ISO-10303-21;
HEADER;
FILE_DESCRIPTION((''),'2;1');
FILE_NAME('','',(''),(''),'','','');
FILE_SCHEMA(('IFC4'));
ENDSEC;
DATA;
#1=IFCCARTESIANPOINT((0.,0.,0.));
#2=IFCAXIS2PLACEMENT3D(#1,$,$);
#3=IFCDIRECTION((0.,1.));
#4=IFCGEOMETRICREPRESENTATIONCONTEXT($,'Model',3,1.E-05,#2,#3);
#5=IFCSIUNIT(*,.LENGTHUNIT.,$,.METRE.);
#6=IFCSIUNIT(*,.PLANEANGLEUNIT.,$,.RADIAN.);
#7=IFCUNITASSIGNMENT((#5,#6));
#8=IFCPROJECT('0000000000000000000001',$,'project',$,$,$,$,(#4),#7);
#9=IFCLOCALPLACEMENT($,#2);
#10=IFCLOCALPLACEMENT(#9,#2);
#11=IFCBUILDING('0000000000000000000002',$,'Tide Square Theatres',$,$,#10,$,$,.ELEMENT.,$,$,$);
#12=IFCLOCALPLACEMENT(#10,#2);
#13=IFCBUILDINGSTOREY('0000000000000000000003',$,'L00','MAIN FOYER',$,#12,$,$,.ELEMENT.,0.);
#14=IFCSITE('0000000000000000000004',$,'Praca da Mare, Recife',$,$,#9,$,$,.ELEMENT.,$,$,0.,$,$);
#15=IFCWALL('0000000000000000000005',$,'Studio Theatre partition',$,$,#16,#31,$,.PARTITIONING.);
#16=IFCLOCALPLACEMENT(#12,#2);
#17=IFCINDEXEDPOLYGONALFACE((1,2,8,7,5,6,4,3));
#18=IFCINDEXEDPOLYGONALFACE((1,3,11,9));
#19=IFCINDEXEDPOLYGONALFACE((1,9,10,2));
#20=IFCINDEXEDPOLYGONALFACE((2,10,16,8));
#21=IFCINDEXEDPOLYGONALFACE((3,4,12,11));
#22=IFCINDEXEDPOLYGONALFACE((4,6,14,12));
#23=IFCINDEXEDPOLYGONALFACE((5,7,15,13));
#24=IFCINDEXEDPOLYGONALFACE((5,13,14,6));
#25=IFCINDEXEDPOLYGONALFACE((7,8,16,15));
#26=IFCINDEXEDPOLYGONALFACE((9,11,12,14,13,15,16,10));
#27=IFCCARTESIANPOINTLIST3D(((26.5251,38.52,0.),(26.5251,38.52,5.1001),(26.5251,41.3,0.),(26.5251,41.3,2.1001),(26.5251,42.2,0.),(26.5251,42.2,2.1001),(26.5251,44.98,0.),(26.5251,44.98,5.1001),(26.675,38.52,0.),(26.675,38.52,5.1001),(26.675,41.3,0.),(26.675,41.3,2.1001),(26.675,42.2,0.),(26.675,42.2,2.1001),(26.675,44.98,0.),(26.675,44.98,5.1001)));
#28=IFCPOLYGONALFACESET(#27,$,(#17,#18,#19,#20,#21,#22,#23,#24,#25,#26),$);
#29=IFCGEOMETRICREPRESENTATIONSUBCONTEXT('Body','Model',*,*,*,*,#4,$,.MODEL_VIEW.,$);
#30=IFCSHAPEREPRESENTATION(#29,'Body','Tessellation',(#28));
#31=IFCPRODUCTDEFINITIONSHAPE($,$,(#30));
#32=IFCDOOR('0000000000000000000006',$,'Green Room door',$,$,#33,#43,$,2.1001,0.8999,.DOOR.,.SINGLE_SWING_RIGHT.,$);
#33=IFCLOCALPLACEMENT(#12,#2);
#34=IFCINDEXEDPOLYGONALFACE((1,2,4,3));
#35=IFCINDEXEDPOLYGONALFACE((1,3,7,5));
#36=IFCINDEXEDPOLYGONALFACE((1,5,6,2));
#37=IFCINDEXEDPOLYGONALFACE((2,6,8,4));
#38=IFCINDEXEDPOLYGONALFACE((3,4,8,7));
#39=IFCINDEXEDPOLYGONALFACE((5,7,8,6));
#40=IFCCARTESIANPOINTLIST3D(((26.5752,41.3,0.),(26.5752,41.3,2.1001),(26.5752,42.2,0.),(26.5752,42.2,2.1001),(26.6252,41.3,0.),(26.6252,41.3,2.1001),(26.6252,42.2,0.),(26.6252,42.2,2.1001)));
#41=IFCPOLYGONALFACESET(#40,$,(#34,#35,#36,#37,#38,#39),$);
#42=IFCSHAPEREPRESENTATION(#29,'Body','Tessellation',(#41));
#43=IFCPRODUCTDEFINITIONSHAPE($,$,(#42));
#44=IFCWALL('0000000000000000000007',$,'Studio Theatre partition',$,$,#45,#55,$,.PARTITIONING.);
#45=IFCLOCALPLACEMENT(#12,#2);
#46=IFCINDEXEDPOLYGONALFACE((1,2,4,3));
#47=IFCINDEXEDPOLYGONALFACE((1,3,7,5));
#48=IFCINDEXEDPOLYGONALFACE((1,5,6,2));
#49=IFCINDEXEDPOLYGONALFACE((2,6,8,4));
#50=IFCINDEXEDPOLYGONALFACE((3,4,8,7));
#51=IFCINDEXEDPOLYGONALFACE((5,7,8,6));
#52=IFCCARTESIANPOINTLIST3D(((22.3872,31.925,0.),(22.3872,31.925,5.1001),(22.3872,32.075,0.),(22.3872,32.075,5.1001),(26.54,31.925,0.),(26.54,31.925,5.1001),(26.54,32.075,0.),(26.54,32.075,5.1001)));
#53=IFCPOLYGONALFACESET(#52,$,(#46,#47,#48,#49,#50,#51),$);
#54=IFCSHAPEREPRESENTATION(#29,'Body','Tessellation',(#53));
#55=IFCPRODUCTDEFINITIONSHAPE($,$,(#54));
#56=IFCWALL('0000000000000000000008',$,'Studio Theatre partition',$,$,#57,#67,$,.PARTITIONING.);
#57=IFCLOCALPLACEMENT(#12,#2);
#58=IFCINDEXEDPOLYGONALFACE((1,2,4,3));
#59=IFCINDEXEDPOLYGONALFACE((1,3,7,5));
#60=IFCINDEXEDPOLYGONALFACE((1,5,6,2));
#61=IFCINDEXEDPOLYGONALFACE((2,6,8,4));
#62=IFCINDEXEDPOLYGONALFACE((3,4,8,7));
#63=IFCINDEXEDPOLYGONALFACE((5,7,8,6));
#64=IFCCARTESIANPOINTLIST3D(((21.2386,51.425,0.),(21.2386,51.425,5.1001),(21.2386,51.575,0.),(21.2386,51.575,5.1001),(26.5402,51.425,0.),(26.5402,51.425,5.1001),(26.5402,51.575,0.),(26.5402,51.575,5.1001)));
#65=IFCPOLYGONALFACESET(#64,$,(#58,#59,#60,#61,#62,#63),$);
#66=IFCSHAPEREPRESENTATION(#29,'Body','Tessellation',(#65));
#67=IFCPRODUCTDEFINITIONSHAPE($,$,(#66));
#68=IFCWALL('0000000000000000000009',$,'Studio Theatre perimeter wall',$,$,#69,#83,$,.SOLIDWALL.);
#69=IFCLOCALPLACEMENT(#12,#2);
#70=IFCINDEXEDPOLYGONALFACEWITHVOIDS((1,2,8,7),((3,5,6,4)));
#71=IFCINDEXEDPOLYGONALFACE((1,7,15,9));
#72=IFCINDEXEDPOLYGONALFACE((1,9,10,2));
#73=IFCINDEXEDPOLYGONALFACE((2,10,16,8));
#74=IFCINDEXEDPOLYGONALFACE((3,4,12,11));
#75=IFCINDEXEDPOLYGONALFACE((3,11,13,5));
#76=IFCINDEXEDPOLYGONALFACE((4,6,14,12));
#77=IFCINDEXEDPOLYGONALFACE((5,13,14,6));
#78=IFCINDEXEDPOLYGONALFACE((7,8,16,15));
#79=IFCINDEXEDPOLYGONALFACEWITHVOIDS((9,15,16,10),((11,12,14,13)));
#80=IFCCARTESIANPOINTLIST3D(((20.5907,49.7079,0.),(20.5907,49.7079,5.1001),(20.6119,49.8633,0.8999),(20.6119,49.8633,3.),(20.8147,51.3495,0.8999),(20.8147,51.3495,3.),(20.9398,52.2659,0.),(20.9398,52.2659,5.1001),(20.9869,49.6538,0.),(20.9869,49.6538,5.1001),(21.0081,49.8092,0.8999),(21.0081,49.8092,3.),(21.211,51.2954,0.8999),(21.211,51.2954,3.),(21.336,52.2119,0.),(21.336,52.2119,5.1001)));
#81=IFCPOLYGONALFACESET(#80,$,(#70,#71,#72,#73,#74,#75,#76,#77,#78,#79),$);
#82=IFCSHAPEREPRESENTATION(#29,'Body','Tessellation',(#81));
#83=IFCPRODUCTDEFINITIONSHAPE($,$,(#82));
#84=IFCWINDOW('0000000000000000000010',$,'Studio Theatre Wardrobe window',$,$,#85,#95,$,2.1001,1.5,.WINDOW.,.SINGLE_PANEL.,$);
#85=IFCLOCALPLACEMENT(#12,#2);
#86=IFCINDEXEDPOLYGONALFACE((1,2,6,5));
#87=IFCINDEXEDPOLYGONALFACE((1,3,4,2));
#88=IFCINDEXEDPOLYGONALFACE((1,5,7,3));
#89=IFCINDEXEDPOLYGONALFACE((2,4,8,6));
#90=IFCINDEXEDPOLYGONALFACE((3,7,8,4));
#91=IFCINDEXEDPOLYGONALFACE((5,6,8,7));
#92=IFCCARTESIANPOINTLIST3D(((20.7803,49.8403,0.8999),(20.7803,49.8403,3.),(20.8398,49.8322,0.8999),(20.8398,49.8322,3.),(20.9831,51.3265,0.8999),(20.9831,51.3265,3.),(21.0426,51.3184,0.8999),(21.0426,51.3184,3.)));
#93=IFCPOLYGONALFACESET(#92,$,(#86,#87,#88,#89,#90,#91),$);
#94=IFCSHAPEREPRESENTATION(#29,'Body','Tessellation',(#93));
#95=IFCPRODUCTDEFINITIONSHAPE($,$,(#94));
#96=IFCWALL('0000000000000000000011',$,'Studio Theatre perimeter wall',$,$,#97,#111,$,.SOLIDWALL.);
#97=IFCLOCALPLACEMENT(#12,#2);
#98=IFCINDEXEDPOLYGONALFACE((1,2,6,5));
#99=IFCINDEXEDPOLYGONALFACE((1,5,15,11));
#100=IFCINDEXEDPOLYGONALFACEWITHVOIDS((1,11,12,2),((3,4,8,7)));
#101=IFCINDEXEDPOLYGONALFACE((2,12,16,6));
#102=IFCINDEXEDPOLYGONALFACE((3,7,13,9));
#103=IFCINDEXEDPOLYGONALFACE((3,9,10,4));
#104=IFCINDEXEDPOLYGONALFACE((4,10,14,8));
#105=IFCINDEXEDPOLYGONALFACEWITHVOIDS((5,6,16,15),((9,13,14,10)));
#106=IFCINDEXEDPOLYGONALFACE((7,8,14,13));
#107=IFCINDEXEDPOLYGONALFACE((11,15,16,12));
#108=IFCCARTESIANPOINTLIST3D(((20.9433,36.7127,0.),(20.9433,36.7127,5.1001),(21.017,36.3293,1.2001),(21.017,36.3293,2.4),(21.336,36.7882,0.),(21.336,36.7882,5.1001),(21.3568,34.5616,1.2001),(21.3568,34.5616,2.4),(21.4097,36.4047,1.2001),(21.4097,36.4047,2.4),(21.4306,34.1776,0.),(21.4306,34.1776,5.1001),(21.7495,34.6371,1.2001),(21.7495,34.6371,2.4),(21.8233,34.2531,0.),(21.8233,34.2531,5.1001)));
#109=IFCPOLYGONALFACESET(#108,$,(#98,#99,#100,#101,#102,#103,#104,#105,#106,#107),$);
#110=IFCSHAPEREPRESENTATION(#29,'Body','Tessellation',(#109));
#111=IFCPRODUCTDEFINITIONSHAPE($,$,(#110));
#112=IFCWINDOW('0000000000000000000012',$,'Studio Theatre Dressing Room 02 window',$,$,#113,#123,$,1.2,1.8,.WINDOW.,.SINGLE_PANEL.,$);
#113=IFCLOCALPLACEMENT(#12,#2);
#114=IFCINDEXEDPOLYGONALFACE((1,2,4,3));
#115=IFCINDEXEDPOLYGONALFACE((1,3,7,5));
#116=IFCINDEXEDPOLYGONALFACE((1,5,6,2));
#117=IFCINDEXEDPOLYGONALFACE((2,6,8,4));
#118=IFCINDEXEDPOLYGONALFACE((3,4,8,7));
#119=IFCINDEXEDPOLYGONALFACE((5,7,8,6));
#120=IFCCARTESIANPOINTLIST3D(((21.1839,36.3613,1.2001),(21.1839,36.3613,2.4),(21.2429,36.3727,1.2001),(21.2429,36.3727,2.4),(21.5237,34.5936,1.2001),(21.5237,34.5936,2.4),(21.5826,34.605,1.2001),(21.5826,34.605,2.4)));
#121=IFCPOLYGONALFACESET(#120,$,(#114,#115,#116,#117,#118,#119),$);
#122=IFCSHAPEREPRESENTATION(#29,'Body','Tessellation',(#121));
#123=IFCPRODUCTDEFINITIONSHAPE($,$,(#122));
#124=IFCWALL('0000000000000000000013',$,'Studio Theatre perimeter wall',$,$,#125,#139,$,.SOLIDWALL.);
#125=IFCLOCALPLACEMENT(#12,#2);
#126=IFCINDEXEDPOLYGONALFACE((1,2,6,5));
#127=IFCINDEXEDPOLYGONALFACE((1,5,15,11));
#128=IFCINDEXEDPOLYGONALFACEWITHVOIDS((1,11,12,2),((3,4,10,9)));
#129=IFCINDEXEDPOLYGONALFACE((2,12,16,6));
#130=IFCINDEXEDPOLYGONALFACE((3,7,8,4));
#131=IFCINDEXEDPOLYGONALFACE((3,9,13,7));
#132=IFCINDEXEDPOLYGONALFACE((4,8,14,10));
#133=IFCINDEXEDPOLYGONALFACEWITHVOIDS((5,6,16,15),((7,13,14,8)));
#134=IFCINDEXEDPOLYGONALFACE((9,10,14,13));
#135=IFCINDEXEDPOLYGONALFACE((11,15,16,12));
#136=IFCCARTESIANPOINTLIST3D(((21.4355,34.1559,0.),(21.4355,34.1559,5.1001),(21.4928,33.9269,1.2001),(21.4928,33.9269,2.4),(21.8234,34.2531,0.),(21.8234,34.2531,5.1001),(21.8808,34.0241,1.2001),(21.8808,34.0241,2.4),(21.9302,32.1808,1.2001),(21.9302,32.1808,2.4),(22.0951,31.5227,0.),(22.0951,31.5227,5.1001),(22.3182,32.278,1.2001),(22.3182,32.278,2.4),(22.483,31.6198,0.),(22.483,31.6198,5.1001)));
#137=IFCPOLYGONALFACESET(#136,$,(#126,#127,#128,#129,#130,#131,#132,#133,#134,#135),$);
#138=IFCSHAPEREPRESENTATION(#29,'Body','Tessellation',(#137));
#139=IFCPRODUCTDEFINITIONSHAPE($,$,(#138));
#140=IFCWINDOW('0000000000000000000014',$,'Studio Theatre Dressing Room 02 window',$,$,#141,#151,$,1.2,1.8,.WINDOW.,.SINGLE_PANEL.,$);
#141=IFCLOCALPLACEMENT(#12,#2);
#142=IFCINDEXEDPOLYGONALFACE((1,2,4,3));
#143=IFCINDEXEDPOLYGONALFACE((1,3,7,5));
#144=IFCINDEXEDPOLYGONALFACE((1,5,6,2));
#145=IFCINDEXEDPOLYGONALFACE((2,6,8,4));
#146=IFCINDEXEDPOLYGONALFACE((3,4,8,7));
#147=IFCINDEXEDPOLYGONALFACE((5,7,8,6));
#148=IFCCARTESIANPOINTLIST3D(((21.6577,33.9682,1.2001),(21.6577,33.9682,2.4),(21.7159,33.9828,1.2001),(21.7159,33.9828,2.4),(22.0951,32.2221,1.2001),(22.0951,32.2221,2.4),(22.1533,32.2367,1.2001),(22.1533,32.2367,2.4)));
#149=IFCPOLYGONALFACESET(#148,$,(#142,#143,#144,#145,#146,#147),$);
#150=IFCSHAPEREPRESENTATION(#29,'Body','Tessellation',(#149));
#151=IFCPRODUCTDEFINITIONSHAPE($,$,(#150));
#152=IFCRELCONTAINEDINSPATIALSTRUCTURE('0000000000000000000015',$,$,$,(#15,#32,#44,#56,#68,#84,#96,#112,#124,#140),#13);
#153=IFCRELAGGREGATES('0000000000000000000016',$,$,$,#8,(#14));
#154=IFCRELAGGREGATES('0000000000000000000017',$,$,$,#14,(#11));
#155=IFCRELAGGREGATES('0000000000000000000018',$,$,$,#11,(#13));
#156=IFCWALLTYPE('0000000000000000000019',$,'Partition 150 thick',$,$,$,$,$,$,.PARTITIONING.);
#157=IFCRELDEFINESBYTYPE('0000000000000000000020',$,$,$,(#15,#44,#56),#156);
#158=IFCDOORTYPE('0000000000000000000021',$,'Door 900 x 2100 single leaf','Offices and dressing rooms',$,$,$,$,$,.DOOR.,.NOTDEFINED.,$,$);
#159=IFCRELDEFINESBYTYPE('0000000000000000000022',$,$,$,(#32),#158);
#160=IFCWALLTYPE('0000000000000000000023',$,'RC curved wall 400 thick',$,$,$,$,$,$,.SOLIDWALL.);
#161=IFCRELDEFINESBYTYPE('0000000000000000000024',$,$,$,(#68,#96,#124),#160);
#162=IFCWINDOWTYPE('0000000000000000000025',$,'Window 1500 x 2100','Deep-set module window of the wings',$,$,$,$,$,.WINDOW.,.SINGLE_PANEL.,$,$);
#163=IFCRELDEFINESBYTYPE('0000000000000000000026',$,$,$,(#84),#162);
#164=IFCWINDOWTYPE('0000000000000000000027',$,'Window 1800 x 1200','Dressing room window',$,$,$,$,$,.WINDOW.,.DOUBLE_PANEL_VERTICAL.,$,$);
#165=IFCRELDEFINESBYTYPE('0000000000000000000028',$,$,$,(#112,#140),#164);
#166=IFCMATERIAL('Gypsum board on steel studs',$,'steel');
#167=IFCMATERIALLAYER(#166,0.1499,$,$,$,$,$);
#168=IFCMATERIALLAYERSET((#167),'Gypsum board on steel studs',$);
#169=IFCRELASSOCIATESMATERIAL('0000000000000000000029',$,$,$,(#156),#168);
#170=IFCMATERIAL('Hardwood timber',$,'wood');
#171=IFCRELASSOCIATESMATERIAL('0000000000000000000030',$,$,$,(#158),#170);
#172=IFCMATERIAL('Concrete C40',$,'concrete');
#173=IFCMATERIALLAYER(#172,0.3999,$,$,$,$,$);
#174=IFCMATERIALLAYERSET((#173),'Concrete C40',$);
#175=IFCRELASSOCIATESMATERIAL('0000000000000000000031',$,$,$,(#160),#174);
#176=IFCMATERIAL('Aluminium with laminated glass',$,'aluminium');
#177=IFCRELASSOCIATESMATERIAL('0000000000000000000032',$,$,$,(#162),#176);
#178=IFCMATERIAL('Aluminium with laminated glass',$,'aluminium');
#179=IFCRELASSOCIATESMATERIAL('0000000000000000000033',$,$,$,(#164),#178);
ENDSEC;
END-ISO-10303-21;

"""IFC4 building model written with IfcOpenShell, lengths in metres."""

from ifc_helpers import new_model, si_unit, direction, frame, frame_2d, origin, place, context, subcontext, project, spatial, rectangle, extrude, material, layer, layer_set, type_object, element, fill, save


model = new_model("IFC4")

# Units and contexts
model_context = context("Model", 3, precision=1e-05, world=origin(), true_north=direction((0.0, 1.0)))
body_context = subcontext(model_context, "Body", "Model", "MODEL_VIEW")
ifc_project = project(units=[si_unit("LENGTHUNIT", "METRE"), si_unit("PLANEANGLEUNIT", "RADIAN")], contexts=[model_context])

# Site, building, storey
site_placement = place(None, origin())
site = spatial("IfcSite", under=ifc_project, at=site_placement, Name="Praca da Mare, Recife", CompositionType="ELEMENT", RefElevation=0.0)
building_placement = place(site_placement, origin())
building = spatial("IfcBuilding", under=site, at=building_placement, Name="Tide Square Theatres", CompositionType="ELEMENT")
storey_placement = place(building_placement, origin())
storey = spatial("IfcBuildingStorey", under=building, at=storey_placement, Name="L00", Description="MAIN FOYER", CompositionType="ELEMENT", Elevation=0.0)

# Wall, opening, door
ifc_material_1 = material(Name="Gypsum board on steel studs", Category="steel")
ifc_layer_1 = layer(ifc_material_1, 0.1499)
ifc_layer_set_1 = layer_set([ifc_layer_1], Name="Gypsum board on steel studs")
wall_type_1 = type_object("IfcWallType", Name="Partition 150 thick", PredefinedType="PARTITIONING", material=ifc_layer_set_1)
ifc_material_2 = material(Name="Hardwood timber", Category="wood")
door_type = type_object("IfcDoorType", Name="Door 900 x 2100 single leaf", Description="Offices and dressing rooms", OperationType="NOTDEFINED", PredefinedType="DOOR", material=ifc_material_2)
wall_1_placement = place(storey_placement, frame((26.6001, 38.52, 0.0), z_axis=(0.0, 0.0, 1.0), x_axis=(0.0, 1.0, 0.0)))
wall_1 = element("IfcWall", 1, at=wall_1_placement, inside=storey, type_object=wall_type_1, Name="Studio Theatre partition", PredefinedType="PARTITIONING", context=body_context, shape_type="SweptSolid", body=[
    extrude(rectangle(XDim=6.46, YDim=0.1499, at=frame_2d((3.23, 0.0))), origin(), (0.0, 0.0, 1.0), 5.1001),
])
opening_1_placement = place(wall_1_placement, frame((2.78, 0.0, 0.0)))
opening_1 = element("IfcOpeningElement", 2, at=opening_1_placement, cuts=wall_1, PredefinedType="OPENING", context=body_context, shape_type="SweptSolid", body=[
    extrude(rectangle(XDim=0.8999, YDim=2.1001, at=frame_2d((0.45, 1.05))), frame((0.0, 0.085, 0.0), z_axis=(0.0, -1.0, 0.0), x_axis=(1.0, 0.0, 0.0)), (0.0, 0.0, 1.0), 0.1699),
])
door_1_placement = place(opening_1_placement, origin())
door_1 = element("IfcDoor", 3, at=door_1_placement, inside=storey, type_object=door_type, Name="Green Room door", OperationType="SINGLE_SWING_RIGHT", OverallHeight=2.1001, OverallWidth=0.8999, PredefinedType="DOOR", context=body_context, shape_type="SweptSolid", body=[
    extrude(rectangle(XDim=0.8999, YDim=2.1001, at=frame_2d((0.45, 1.05))), frame((0.0, 0.0249, 0.0), z_axis=(0.0, -1.0, 0.0), x_axis=(1.0, 0.0, 0.0)), (0.0, 0.0, 1.0), 0.05),
])
fill(opening_1, door_1)

# Walls
wall_2_placement = place(storey_placement, frame((22.3872, 32.0, 0.0), z_axis=(0.0, 0.0, 1.0), x_axis=(1.0, 0.0, 0.0)))
element("IfcWall", 4, at=wall_2_placement, inside=storey, type_object=wall_type_1, Name="Studio Theatre partition", PredefinedType="PARTITIONING", context=body_context, shape_type="SweptSolid", body=[
    extrude(rectangle(XDim=4.1528, YDim=0.1499, at=frame_2d((2.0764, 0.0))), origin(), (0.0, 0.0, 1.0), 5.1001),
])
wall_3_placement = place(storey_placement, frame((21.2385, 51.5, 0.0), z_axis=(0.0, 0.0, 1.0), x_axis=(1.0, 0.0, 0.0)))
element("IfcWall", 5, at=wall_3_placement, inside=storey, type_object=wall_type_1, Name="Studio Theatre partition", PredefinedType="PARTITIONING", context=body_context, shape_type="SweptSolid", body=[
    extrude(rectangle(XDim=5.3015, YDim=0.1499, at=frame_2d((2.6509, 0.0))), origin(), (0.0, 0.0, 1.0), 5.1001),
])

# Walls, openings, windows
ifc_material_3 = material(Name="Concrete C40", Category="concrete")
ifc_layer_2 = layer(ifc_material_3, 0.3999)
ifc_layer_set_2 = layer_set([ifc_layer_2], Name="Concrete C40")
wall_type_2 = type_object("IfcWallType", Name="RC curved wall 400 thick", PredefinedType="SOLIDWALL", material=ifc_layer_set_2)
wall_4_placement = place(storey_placement, frame((21.1379, 52.239, 0.0), z_axis=(0.0, 0.0, 1.0), x_axis=(-0.135223, -0.990815, 0.0)))
wall_4 = element("IfcWall", 6, at=wall_4_placement, inside=storey, type_object=wall_type_2, Name="Studio Theatre perimeter wall", PredefinedType="SOLIDWALL", context=body_context, shape_type="SweptSolid", body=[
    extrude(rectangle(XDim=2.5818, YDim=0.3999, at=frame_2d((1.291, 0.0))), origin(), (0.0, 0.0, 1.0), 5.1001),
])
opening_2_placement = place(wall_4_placement, frame((0.925, 0.0, 0.8999)))
opening_2 = element("IfcOpeningElement", 7, at=opening_2_placement, cuts=wall_4, PredefinedType="OPENING", context=body_context, shape_type="SweptSolid", body=[
    extrude(rectangle(XDim=1.5, YDim=2.1001, at=frame_2d((0.75, 1.05))), frame((0.0, 0.21, 0.0), z_axis=(0.0, -1.0, 0.0), x_axis=(1.0, 0.0, 0.0)), (0.0, 0.0, 1.0), 0.4199),
])
ifc_material_4 = material(Name="Aluminium with laminated glass", Category="aluminium")
window_type_1 = type_object("IfcWindowType", Name="Window 1500 x 2100", Description="Deep-set module window of the wings", PartitioningType="SINGLE_PANEL", PredefinedType="WINDOW", material=ifc_material_4)
window_1_placement = place(opening_2_placement, origin())
window_1 = element("IfcWindow", 8, at=window_1_placement, inside=storey, type_object=window_type_1, Name="Studio Theatre Wardrobe window", OverallHeight=2.1001, OverallWidth=1.5, PartitioningType="SINGLE_PANEL", PredefinedType="WINDOW", context=body_context, shape_type="SweptSolid", body=[
    extrude(rectangle(XDim=1.5, YDim=2.1001, at=frame_2d((0.75, 1.05))), frame((0.0, 0.03, 0.0), z_axis=(0.0, -1.0, 0.0), x_axis=(1.0, 0.0, 0.0)), (0.0, 0.0, 1.0), 0.0601),
])
fill(opening_2, window_1)
wall_5_placement = place(storey_placement, frame((21.1396, 36.7505, 0.0), z_axis=(0.0, 0.0, 1.0), x_axis=(0.188763, -0.982023, 0.0)))
wall_5 = element("IfcWall", 9, at=wall_5_placement, inside=storey, type_object=wall_type_2, Name="Studio Theatre perimeter wall", PredefinedType="SOLIDWALL", context=body_context, shape_type="SweptSolid", body=[
    extrude(rectangle(XDim=2.5815, YDim=0.3999, at=frame_2d((1.2908, 0.0))), origin(), (0.0, 0.0, 1.0), 5.1001),
])
opening_3_placement = place(wall_5_placement, frame((0.3906, 0.0, 1.2)))
opening_3 = element("IfcOpeningElement", 10, at=opening_3_placement, cuts=wall_5, PredefinedType="OPENING", context=body_context, shape_type="SweptSolid", body=[
    extrude(rectangle(XDim=1.8, YDim=1.2, at=frame_2d((0.8999, 0.6001))), frame((0.0, 0.21, 0.0), z_axis=(0.0, -1.0, 0.0), x_axis=(1.0, 0.0, 0.0)), (0.0, 0.0, 1.0), 0.4199),
])
ifc_material_5 = material(Name="Aluminium with laminated glass", Category="aluminium")
window_type_2 = type_object("IfcWindowType", Name="Window 1800 x 1200", Description="Dressing room window", PartitioningType="DOUBLE_PANEL_VERTICAL", PredefinedType="WINDOW", material=ifc_material_5)
window_2_placement = place(opening_3_placement, origin())
window_2 = element("IfcWindow", 11, at=window_2_placement, inside=storey, type_object=window_type_2, Name="Studio Theatre Dressing Room 02 window", OverallHeight=1.2, OverallWidth=1.8, PartitioningType="SINGLE_PANEL", PredefinedType="WINDOW", context=body_context, shape_type="SweptSolid", body=[
    extrude(rectangle(XDim=1.8, YDim=1.2, at=frame_2d((0.8999, 0.6001))), frame((0.0, 0.03, 0.0), z_axis=(0.0, -1.0, 0.0), x_axis=(1.0, 0.0, 0.0)), (0.0, 0.0, 1.0), 0.0601),
])
fill(opening_3, window_2)
wall_6_placement = place(storey_placement, frame((21.6294, 34.2046, 0.0), z_axis=(0.0, 0.0, 1.0), x_axis=(0.243001, -0.970026, 0.0)))
wall_6 = element("IfcWall", 12, at=wall_6_placement, inside=storey, type_object=wall_type_2, Name="Studio Theatre perimeter wall", PredefinedType="SOLIDWALL", context=body_context, shape_type="SweptSolid", body=[
    extrude(rectangle(XDim=2.7146, YDim=0.3999, at=frame_2d((1.3574, 0.0))), origin(), (0.0, 0.0, 1.0), 5.1001),
])
opening_4_placement = place(wall_6_placement, frame((0.2363, 0.0, 1.2)))
opening_4 = element("IfcOpeningElement", 13, at=opening_4_placement, cuts=wall_6, PredefinedType="OPENING", context=body_context, shape_type="SweptSolid", body=[
    extrude(rectangle(XDim=1.8, YDim=1.2, at=frame_2d((0.8999, 0.6001))), frame((0.0, 0.21, 0.0), z_axis=(0.0, -1.0, 0.0), x_axis=(1.0, 0.0, 0.0)), (0.0, 0.0, 1.0), 0.4199),
])
window_3_placement = place(opening_4_placement, origin())
window_3 = element("IfcWindow", 14, at=window_3_placement, inside=storey, type_object=window_type_2, Name="Studio Theatre Dressing Room 02 window", OverallHeight=1.2, OverallWidth=1.8, PartitioningType="SINGLE_PANEL", PredefinedType="WINDOW", context=body_context, shape_type="SweptSolid", body=[
    extrude(rectangle(XDim=1.8, YDim=1.2, at=frame_2d((0.8999, 0.6001))), frame((0.0, 0.03, 0.0), z_axis=(0.0, -1.0, 0.0), x_axis=(1.0, 0.0, 0.0)), (0.0, 0.0, 1.0), 0.0601),
])
fill(opening_4, window_3)

save(model, "model.ifc")
